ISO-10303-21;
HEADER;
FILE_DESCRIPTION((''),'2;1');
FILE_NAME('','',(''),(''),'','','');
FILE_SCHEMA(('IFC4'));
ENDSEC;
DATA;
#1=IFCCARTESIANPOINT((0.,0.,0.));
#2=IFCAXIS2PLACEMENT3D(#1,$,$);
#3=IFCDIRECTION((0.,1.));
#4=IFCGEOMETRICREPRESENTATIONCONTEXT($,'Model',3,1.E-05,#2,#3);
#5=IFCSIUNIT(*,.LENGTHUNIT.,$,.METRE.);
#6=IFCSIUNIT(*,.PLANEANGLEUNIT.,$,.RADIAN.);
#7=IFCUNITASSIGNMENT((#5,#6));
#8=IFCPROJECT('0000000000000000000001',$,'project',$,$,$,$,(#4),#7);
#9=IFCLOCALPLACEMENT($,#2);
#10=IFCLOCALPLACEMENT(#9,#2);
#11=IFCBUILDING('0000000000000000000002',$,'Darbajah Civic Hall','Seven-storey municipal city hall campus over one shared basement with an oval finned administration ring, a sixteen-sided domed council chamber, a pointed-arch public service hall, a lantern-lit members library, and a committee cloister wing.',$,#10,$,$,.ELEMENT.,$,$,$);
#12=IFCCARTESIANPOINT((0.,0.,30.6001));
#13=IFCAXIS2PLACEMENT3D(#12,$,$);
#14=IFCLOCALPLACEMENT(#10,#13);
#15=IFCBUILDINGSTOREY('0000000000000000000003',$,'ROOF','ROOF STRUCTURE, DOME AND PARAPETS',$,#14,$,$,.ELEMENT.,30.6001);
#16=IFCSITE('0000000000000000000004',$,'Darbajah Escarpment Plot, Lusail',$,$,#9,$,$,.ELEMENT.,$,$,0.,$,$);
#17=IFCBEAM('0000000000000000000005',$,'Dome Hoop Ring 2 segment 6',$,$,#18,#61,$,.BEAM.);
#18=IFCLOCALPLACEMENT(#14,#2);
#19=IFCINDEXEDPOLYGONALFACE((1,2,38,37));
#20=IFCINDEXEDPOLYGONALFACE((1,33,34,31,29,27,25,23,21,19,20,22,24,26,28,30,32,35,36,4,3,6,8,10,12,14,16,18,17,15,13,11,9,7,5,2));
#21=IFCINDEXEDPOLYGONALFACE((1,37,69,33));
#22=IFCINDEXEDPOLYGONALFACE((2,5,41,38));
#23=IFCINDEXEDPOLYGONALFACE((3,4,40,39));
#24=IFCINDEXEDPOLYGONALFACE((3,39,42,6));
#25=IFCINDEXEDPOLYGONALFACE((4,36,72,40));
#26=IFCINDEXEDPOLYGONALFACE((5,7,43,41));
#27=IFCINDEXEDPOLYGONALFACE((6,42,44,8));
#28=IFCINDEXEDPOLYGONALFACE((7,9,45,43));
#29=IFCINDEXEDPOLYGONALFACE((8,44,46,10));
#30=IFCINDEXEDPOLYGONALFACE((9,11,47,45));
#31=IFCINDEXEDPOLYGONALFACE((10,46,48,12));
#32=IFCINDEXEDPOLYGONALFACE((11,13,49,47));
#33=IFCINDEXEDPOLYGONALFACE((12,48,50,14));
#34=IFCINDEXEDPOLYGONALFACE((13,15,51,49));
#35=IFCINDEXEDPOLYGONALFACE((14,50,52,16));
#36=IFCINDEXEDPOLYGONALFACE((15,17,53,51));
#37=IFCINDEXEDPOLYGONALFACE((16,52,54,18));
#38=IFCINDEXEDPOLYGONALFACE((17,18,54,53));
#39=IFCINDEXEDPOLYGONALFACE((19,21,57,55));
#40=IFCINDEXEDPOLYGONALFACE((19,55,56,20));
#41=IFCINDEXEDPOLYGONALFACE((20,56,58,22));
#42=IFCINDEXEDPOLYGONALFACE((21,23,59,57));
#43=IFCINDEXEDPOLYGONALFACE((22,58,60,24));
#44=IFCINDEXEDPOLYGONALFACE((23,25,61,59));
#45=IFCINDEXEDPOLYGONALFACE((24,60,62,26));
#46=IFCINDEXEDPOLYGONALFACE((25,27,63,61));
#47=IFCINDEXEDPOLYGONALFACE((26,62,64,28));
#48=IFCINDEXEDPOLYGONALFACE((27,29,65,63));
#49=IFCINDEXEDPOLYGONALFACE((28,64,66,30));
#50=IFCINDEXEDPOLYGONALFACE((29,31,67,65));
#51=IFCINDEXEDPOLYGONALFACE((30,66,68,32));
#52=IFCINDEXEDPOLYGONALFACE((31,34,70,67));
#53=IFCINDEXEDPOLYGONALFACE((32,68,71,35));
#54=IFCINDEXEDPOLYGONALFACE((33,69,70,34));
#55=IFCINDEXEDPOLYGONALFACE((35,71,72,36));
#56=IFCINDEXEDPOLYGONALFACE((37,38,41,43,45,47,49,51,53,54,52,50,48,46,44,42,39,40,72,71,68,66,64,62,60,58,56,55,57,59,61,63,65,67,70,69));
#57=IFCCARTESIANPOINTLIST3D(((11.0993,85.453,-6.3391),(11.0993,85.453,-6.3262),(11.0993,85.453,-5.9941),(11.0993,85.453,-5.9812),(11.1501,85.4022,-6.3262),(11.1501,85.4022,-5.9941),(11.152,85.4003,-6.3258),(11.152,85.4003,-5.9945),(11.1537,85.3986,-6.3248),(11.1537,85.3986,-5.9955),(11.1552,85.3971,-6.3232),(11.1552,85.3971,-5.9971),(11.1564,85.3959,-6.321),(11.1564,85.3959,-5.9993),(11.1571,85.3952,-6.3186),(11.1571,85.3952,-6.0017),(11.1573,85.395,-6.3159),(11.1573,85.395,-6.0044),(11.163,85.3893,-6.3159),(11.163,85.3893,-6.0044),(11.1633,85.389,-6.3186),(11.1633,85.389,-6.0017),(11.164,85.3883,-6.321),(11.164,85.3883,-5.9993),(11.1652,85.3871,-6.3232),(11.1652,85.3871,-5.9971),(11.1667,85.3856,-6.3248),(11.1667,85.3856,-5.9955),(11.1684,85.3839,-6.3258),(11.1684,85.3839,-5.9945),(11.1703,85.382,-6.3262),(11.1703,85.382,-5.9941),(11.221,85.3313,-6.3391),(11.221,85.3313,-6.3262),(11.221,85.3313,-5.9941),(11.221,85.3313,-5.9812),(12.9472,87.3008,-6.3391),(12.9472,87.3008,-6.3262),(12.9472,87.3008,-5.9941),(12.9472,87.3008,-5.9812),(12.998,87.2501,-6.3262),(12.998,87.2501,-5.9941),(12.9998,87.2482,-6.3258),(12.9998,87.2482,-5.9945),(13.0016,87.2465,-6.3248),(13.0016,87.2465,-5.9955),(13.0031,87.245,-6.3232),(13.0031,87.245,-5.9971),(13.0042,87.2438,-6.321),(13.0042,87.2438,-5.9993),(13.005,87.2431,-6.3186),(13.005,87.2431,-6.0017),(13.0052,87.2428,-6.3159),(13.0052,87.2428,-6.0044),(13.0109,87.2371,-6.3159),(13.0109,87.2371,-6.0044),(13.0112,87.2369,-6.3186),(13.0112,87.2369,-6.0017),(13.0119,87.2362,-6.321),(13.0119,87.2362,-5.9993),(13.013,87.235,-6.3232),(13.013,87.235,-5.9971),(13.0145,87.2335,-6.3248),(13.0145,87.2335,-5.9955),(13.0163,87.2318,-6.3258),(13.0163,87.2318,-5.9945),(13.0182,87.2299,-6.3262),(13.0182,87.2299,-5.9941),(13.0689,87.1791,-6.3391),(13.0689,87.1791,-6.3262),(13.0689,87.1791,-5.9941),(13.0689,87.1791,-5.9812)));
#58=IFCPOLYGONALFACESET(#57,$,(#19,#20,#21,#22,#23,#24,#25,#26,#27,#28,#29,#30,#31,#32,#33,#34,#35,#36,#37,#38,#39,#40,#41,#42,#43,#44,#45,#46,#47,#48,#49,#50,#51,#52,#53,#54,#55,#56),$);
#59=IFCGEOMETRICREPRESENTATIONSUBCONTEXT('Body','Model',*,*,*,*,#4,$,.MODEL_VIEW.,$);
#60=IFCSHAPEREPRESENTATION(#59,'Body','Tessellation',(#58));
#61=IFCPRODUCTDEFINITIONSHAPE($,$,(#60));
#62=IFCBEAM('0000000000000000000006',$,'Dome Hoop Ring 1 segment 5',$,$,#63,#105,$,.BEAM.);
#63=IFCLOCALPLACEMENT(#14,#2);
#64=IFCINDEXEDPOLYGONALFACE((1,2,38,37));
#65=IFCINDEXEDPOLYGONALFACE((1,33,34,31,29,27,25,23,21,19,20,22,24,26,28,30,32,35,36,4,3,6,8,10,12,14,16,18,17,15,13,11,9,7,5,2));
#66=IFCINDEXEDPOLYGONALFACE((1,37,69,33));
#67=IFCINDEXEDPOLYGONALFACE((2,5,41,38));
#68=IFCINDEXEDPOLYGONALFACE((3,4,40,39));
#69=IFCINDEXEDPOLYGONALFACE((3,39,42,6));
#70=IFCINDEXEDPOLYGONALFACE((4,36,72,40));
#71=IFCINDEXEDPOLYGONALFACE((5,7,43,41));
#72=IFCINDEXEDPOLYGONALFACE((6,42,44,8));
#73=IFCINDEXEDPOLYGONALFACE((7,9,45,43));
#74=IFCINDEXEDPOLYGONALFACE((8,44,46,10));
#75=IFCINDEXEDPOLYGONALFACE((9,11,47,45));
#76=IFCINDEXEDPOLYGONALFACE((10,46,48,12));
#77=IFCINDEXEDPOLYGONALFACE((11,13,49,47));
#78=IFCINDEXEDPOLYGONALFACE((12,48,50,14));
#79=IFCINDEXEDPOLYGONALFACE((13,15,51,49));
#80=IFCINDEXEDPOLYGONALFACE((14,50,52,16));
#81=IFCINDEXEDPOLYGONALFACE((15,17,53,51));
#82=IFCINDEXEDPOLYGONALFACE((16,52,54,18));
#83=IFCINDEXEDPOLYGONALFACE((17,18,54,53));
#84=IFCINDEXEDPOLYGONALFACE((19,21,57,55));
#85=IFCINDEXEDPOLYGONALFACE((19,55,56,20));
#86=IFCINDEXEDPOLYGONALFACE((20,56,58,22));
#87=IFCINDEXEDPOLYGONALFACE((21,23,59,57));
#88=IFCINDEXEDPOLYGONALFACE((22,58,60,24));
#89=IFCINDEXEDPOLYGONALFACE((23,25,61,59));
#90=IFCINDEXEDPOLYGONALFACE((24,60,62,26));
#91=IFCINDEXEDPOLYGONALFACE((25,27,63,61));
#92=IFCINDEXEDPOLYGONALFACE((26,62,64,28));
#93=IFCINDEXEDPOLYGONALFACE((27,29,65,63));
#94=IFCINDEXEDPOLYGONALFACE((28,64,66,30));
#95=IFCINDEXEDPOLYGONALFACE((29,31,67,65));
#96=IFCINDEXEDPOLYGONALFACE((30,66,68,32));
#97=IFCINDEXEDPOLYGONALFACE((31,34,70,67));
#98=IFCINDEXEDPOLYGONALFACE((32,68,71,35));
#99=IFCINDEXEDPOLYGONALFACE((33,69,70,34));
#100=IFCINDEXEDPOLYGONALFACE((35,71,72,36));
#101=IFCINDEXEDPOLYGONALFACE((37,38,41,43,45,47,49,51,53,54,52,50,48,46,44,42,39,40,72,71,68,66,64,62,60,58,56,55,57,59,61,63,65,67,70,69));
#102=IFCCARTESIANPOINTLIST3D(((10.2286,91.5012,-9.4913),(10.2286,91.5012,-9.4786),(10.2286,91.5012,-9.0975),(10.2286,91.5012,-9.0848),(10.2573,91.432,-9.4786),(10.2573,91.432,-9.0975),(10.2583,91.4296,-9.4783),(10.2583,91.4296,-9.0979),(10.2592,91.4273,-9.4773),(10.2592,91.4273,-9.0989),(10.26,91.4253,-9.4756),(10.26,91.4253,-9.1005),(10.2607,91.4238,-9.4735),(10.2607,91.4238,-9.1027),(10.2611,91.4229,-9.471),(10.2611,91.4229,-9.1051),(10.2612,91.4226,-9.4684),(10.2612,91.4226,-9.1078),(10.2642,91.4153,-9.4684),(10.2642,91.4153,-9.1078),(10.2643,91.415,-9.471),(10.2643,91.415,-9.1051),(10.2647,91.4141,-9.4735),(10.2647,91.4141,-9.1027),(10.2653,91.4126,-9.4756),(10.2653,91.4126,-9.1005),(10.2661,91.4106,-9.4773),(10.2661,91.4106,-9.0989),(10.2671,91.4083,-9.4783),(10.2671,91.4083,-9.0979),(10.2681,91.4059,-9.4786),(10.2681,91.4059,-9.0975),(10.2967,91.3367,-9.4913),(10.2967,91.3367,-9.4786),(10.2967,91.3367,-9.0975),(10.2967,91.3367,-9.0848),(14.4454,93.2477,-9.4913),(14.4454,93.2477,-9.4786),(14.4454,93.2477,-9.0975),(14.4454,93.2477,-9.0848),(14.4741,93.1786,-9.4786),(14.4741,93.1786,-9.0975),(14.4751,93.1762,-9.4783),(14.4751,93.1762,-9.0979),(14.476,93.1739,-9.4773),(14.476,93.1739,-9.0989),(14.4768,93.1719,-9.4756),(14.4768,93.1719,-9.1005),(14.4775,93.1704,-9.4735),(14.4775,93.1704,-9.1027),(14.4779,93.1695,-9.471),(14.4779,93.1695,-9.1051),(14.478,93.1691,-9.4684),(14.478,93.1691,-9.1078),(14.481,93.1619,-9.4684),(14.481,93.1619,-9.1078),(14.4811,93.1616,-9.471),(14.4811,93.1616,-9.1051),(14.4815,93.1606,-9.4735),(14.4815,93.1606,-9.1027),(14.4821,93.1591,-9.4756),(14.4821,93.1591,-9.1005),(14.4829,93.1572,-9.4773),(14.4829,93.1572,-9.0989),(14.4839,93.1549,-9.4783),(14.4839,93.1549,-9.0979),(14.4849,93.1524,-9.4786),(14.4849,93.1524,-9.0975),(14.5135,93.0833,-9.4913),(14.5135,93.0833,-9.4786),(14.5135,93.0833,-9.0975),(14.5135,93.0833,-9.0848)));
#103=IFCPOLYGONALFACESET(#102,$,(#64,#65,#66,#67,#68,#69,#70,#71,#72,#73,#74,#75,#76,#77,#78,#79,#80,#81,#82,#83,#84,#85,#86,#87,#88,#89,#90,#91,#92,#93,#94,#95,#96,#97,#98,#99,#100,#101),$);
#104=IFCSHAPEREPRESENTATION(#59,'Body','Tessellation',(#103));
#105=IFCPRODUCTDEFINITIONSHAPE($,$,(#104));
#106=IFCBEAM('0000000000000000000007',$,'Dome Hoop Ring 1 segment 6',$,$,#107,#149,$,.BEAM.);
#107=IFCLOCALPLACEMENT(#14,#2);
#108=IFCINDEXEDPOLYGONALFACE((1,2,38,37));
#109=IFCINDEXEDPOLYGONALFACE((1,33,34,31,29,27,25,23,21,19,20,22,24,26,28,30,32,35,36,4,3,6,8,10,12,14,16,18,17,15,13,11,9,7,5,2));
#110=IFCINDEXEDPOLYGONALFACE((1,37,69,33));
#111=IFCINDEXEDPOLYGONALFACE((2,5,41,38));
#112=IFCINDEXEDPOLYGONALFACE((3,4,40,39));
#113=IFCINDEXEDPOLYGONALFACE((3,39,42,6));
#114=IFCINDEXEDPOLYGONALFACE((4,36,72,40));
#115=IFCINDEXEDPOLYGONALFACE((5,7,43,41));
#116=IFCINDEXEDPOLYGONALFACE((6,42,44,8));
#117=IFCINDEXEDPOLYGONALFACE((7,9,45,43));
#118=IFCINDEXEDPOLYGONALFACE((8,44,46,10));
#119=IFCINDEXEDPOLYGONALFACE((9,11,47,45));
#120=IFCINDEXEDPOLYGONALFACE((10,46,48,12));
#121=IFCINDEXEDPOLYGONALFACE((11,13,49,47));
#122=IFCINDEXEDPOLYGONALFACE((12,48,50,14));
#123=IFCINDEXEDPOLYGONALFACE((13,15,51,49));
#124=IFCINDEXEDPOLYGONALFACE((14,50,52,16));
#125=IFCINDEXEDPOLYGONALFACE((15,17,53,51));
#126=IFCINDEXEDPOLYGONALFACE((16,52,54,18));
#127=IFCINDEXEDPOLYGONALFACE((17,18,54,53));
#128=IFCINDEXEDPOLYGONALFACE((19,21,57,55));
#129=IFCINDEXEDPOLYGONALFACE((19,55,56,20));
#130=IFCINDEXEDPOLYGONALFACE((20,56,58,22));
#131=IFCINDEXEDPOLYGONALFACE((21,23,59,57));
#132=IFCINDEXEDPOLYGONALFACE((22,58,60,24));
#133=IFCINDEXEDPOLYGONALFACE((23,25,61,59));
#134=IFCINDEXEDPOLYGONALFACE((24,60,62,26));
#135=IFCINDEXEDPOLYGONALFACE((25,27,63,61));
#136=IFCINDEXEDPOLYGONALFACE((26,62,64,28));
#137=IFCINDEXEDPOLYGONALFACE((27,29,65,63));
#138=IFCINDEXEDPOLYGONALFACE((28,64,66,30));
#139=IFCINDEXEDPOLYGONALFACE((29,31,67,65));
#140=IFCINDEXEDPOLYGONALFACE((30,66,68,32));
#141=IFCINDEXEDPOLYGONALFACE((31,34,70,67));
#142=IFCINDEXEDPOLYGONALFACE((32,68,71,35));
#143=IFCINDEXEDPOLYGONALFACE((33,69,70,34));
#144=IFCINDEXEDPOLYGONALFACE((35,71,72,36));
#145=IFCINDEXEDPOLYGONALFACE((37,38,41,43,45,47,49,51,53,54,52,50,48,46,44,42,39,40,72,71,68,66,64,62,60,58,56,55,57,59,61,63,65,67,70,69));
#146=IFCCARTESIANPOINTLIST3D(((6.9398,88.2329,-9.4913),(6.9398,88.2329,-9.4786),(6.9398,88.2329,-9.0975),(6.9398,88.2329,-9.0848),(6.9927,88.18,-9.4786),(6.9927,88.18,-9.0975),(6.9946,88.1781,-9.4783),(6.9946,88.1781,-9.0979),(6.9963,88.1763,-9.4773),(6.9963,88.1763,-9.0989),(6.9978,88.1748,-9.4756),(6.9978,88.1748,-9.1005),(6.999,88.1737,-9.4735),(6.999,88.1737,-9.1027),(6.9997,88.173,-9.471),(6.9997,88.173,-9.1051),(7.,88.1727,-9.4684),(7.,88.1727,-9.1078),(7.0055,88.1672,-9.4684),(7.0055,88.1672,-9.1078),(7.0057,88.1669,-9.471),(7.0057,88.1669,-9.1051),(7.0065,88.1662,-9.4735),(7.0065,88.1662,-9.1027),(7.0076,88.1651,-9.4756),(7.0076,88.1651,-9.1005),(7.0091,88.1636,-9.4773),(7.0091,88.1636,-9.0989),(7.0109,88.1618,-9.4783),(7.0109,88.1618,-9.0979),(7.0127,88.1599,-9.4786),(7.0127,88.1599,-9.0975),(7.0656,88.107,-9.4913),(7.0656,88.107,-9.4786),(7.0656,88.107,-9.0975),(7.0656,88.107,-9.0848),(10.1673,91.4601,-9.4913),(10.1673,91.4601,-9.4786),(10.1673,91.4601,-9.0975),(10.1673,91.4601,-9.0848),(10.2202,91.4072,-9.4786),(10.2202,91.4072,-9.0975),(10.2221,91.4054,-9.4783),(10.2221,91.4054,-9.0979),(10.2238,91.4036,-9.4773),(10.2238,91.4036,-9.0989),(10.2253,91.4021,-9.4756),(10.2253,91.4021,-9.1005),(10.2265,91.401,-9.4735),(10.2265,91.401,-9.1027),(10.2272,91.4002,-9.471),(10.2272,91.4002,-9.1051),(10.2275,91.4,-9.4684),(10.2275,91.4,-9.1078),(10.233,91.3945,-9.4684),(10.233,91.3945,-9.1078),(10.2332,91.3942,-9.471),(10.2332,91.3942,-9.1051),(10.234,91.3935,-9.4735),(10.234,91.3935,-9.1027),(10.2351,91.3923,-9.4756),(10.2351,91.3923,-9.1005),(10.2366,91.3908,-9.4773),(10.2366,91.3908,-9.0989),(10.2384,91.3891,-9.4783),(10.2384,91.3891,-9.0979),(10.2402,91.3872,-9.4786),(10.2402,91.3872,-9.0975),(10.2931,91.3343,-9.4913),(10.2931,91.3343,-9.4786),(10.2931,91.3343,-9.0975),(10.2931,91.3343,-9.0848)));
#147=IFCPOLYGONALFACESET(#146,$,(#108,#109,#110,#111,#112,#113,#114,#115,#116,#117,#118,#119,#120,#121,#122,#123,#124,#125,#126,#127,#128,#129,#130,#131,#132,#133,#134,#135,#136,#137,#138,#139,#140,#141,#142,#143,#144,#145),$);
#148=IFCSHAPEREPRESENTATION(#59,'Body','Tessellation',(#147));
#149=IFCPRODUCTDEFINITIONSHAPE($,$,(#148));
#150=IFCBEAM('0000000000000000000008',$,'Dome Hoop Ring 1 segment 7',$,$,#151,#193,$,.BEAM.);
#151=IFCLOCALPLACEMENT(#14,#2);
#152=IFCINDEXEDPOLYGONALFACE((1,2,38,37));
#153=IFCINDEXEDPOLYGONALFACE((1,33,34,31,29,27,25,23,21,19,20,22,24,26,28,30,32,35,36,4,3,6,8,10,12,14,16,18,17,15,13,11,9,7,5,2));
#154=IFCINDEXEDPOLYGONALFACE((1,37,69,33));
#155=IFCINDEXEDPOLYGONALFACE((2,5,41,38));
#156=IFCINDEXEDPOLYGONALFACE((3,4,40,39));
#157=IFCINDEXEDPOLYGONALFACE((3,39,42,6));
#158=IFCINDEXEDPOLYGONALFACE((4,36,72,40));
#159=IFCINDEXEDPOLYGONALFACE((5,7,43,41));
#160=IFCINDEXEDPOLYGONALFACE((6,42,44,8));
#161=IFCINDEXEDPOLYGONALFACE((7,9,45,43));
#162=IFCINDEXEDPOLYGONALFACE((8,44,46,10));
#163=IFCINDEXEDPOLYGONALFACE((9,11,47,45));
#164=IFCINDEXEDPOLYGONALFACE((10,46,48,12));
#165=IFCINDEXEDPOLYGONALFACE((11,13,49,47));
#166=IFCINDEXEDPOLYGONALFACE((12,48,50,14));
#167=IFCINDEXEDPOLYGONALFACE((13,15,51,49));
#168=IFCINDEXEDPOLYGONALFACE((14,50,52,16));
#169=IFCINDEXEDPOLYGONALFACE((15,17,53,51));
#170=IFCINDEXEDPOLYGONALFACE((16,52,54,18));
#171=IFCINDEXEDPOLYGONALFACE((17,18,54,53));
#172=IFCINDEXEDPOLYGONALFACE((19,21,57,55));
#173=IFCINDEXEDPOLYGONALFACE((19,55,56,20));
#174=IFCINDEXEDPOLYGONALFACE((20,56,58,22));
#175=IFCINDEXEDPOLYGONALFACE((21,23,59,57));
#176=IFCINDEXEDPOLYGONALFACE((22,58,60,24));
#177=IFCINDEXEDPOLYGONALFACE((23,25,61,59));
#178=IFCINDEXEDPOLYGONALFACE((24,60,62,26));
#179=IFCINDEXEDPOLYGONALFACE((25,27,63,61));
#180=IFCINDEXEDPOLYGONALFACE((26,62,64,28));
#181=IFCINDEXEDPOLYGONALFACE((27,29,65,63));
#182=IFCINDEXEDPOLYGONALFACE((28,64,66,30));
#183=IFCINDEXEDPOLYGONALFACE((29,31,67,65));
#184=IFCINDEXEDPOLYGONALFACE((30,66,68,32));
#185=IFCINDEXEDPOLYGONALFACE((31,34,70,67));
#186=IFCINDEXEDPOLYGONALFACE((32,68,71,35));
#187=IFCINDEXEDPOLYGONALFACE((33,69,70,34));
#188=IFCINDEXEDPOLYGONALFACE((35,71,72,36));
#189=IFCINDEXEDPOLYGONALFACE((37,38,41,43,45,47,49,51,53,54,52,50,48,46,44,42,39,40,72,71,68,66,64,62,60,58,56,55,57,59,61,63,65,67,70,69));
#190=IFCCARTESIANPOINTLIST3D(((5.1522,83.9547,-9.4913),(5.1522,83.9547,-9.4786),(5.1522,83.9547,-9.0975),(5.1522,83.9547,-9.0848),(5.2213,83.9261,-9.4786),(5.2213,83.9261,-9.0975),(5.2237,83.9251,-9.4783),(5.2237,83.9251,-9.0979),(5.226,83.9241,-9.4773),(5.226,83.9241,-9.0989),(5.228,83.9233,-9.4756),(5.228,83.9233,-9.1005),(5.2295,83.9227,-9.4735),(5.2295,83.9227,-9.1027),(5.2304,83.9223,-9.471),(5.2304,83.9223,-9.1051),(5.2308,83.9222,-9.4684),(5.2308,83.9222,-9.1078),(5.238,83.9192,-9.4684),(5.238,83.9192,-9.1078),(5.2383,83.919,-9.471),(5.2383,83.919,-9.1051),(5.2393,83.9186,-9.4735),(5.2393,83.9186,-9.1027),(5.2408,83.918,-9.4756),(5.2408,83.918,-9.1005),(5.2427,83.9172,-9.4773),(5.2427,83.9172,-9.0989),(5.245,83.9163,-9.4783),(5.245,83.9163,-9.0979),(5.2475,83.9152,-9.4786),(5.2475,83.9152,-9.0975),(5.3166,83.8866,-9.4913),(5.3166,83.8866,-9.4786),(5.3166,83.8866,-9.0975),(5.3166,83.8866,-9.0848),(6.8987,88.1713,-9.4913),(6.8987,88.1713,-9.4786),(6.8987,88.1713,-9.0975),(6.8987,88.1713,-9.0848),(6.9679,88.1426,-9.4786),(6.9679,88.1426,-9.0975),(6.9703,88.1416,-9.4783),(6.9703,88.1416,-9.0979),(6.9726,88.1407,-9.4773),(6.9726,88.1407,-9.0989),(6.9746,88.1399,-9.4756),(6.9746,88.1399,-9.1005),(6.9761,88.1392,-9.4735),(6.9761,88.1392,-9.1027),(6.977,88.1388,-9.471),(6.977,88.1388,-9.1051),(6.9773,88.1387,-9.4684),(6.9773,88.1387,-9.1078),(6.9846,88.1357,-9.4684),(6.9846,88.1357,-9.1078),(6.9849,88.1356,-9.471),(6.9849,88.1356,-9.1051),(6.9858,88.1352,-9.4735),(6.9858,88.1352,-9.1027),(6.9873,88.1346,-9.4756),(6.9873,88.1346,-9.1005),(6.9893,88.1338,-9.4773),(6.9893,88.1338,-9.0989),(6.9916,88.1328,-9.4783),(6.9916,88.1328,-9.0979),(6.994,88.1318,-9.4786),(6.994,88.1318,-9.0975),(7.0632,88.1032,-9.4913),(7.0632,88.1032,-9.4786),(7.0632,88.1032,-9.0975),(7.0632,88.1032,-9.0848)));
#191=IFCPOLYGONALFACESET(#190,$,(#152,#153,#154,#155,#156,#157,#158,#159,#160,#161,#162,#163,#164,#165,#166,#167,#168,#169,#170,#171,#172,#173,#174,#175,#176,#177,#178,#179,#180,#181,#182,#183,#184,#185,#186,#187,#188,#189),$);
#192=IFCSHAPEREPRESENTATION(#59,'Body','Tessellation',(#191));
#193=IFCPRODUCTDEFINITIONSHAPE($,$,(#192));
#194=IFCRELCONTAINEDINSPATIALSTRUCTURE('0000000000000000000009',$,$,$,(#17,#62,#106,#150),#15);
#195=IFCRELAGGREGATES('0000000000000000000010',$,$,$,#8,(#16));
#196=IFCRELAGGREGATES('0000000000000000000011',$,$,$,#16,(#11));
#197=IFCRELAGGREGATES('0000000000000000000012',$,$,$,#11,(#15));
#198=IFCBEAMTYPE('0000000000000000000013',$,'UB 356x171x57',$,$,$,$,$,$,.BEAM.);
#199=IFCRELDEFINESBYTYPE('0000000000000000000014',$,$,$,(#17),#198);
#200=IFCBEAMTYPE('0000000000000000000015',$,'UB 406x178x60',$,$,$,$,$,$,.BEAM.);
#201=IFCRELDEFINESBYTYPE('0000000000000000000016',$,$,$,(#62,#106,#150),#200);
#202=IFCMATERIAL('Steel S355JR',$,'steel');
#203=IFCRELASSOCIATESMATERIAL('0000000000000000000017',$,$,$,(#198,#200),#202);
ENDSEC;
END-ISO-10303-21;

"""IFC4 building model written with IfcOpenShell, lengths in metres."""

from ifc_helpers import new_model, si_unit, direction, frame, origin, origin_2d, place, context, subcontext, project, spatial, i_section, extrude, material, material_profile, profile_set, type_object, element, save


model = new_model("IFC4")

# Units and contexts
model_context = context("Model", 3, precision=1e-05, world=origin(), true_north=direction((0.0, 1.0)))
body_context = subcontext(model_context, "Body", "Model", "MODEL_VIEW")
ifc_project = project(units=[si_unit("LENGTHUNIT", "METRE"), si_unit("PLANEANGLEUNIT", "RADIAN")], contexts=[model_context])

# Site, building, storey
site_placement = place(None, origin())
site = spatial("IfcSite", under=ifc_project, at=site_placement, Name="Darbajah Escarpment Plot, Lusail", CompositionType="ELEMENT", RefElevation=0.0)
building_placement = place(site_placement, origin())
building = spatial("IfcBuilding", under=site, at=building_placement, Name="Darbajah Civic Hall", Description="Seven-storey municipal city hall campus over one shared basement with an oval finned administration ring, a sixteen-sided domed council chamber, a pointed-arch public service hall, a lantern-lit members library, and a committee cloister wing.", CompositionType="ELEMENT")
storey_placement = place(building_placement, frame((0.0, 0.0, 30.6001)))
storey = spatial("IfcBuildingStorey", under=building, at=storey_placement, Name="ROOF", Description="ROOF STRUCTURE, DOME AND PARAPETS", CompositionType="ELEMENT", Elevation=30.6001)

# Shared definitions
ifc_material = material(Name="Steel S355JR", Category="steel")

# Beams
ifc_material_profile_1 = material_profile(ifc_material, i_section(OverallWidth=0.1721, OverallDepth=0.3579, WebThickness=0.0081, FlangeThickness=0.0129, FilletRadius=0.0103, at=origin_2d()), Name="UB 356x171x57")
ifc_profile_set_1 = profile_set([ifc_material_profile_1], Name="Steel S355JR")
beam_type_1 = type_object("IfcBeamType", Name="UB 356x171x57", PredefinedType="BEAM", material=ifc_profile_set_1)
for number, where, z_axis, x_axis, name in (
    (1, (13.0081, 87.24, -6.1602), (-0.707107, -0.707107, 0.0), (0.707107, -0.707107, 0.0), "Dome Hoop Ring 2 segment 6"),
):
    element("IfcBeam", number, at=place(storey_placement, frame(where, z_axis=z_axis, x_axis=x_axis)), inside=storey, type_object=beam_type_1, Name=name, PredefinedType="BEAM", context=body_context, shape_type="SweptSolid", body=[
        extrude(i_section(OverallWidth=0.1721, OverallDepth=0.3579, WebThickness=0.0081, FlangeThickness=0.0129, FilletRadius=0.0103, at=origin_2d()), origin(), (0.0, 0.0, 1.0), 2.6133),
    ])
ifc_material_profile_2 = material_profile(ifc_material, i_section(OverallWidth=0.178, OverallDepth=0.4065, WebThickness=0.0078, FlangeThickness=0.0127, FilletRadius=0.0103, at=origin_2d()), Name="UB 406x178x60")
ifc_profile_set_2 = profile_set([ifc_material_profile_2], Name="Steel S355JR")
beam_type_2 = type_object("IfcBeamType", Name="UB 406x178x60", PredefinedType="BEAM", material=ifc_profile_set_2)
for number, where, z_axis, x_axis, name in (
    (2, (14.4795, 93.1655, -9.2881), (-0.923885, -0.38267, 0.0), (0.38267, -0.923885, 0.0), "Dome Hoop Ring 1 segment 5"),
    (3, (10.2302, 91.3972, -9.2881), (-0.707134, -0.70708, 0.0), (0.70708, -0.707134, 0.0), "Dome Hoop Ring 1 segment 6"),
):
    element("IfcBeam", number, at=place(storey_placement, frame(where, z_axis=z_axis, x_axis=x_axis)), inside=storey, type_object=beam_type_2, Name=name, PredefinedType="BEAM", context=body_context, shape_type="SweptSolid", body=[
        extrude(i_section(OverallWidth=0.178, OverallDepth=0.4065, WebThickness=0.0078, FlangeThickness=0.0127, FilletRadius=0.0103, at=origin_2d()), origin(), (0.0, 0.0, 1.0), 4.5642),
    ])
beam_placement = place(storey_placement, frame((6.981, 88.1372, -9.2881), z_axis=(-0.382689, -0.923877, 0.0), x_axis=(0.923877, -0.382689, 0.0)))
element("IfcBeam", 4, at=beam_placement, inside=storey, type_object=beam_type_2, Name="Dome Hoop Ring 1 segment 7", PredefinedType="BEAM", context=body_context, shape_type="SweptSolid", body=[
    extrude(i_section(OverallWidth=0.178, OverallDepth=0.4065, WebThickness=0.0078, FlangeThickness=0.0127, FilletRadius=0.0103, at=origin_2d()), origin(), (0.0, 0.0, 1.0), 4.564),
])

save(model, "model.ifc")
